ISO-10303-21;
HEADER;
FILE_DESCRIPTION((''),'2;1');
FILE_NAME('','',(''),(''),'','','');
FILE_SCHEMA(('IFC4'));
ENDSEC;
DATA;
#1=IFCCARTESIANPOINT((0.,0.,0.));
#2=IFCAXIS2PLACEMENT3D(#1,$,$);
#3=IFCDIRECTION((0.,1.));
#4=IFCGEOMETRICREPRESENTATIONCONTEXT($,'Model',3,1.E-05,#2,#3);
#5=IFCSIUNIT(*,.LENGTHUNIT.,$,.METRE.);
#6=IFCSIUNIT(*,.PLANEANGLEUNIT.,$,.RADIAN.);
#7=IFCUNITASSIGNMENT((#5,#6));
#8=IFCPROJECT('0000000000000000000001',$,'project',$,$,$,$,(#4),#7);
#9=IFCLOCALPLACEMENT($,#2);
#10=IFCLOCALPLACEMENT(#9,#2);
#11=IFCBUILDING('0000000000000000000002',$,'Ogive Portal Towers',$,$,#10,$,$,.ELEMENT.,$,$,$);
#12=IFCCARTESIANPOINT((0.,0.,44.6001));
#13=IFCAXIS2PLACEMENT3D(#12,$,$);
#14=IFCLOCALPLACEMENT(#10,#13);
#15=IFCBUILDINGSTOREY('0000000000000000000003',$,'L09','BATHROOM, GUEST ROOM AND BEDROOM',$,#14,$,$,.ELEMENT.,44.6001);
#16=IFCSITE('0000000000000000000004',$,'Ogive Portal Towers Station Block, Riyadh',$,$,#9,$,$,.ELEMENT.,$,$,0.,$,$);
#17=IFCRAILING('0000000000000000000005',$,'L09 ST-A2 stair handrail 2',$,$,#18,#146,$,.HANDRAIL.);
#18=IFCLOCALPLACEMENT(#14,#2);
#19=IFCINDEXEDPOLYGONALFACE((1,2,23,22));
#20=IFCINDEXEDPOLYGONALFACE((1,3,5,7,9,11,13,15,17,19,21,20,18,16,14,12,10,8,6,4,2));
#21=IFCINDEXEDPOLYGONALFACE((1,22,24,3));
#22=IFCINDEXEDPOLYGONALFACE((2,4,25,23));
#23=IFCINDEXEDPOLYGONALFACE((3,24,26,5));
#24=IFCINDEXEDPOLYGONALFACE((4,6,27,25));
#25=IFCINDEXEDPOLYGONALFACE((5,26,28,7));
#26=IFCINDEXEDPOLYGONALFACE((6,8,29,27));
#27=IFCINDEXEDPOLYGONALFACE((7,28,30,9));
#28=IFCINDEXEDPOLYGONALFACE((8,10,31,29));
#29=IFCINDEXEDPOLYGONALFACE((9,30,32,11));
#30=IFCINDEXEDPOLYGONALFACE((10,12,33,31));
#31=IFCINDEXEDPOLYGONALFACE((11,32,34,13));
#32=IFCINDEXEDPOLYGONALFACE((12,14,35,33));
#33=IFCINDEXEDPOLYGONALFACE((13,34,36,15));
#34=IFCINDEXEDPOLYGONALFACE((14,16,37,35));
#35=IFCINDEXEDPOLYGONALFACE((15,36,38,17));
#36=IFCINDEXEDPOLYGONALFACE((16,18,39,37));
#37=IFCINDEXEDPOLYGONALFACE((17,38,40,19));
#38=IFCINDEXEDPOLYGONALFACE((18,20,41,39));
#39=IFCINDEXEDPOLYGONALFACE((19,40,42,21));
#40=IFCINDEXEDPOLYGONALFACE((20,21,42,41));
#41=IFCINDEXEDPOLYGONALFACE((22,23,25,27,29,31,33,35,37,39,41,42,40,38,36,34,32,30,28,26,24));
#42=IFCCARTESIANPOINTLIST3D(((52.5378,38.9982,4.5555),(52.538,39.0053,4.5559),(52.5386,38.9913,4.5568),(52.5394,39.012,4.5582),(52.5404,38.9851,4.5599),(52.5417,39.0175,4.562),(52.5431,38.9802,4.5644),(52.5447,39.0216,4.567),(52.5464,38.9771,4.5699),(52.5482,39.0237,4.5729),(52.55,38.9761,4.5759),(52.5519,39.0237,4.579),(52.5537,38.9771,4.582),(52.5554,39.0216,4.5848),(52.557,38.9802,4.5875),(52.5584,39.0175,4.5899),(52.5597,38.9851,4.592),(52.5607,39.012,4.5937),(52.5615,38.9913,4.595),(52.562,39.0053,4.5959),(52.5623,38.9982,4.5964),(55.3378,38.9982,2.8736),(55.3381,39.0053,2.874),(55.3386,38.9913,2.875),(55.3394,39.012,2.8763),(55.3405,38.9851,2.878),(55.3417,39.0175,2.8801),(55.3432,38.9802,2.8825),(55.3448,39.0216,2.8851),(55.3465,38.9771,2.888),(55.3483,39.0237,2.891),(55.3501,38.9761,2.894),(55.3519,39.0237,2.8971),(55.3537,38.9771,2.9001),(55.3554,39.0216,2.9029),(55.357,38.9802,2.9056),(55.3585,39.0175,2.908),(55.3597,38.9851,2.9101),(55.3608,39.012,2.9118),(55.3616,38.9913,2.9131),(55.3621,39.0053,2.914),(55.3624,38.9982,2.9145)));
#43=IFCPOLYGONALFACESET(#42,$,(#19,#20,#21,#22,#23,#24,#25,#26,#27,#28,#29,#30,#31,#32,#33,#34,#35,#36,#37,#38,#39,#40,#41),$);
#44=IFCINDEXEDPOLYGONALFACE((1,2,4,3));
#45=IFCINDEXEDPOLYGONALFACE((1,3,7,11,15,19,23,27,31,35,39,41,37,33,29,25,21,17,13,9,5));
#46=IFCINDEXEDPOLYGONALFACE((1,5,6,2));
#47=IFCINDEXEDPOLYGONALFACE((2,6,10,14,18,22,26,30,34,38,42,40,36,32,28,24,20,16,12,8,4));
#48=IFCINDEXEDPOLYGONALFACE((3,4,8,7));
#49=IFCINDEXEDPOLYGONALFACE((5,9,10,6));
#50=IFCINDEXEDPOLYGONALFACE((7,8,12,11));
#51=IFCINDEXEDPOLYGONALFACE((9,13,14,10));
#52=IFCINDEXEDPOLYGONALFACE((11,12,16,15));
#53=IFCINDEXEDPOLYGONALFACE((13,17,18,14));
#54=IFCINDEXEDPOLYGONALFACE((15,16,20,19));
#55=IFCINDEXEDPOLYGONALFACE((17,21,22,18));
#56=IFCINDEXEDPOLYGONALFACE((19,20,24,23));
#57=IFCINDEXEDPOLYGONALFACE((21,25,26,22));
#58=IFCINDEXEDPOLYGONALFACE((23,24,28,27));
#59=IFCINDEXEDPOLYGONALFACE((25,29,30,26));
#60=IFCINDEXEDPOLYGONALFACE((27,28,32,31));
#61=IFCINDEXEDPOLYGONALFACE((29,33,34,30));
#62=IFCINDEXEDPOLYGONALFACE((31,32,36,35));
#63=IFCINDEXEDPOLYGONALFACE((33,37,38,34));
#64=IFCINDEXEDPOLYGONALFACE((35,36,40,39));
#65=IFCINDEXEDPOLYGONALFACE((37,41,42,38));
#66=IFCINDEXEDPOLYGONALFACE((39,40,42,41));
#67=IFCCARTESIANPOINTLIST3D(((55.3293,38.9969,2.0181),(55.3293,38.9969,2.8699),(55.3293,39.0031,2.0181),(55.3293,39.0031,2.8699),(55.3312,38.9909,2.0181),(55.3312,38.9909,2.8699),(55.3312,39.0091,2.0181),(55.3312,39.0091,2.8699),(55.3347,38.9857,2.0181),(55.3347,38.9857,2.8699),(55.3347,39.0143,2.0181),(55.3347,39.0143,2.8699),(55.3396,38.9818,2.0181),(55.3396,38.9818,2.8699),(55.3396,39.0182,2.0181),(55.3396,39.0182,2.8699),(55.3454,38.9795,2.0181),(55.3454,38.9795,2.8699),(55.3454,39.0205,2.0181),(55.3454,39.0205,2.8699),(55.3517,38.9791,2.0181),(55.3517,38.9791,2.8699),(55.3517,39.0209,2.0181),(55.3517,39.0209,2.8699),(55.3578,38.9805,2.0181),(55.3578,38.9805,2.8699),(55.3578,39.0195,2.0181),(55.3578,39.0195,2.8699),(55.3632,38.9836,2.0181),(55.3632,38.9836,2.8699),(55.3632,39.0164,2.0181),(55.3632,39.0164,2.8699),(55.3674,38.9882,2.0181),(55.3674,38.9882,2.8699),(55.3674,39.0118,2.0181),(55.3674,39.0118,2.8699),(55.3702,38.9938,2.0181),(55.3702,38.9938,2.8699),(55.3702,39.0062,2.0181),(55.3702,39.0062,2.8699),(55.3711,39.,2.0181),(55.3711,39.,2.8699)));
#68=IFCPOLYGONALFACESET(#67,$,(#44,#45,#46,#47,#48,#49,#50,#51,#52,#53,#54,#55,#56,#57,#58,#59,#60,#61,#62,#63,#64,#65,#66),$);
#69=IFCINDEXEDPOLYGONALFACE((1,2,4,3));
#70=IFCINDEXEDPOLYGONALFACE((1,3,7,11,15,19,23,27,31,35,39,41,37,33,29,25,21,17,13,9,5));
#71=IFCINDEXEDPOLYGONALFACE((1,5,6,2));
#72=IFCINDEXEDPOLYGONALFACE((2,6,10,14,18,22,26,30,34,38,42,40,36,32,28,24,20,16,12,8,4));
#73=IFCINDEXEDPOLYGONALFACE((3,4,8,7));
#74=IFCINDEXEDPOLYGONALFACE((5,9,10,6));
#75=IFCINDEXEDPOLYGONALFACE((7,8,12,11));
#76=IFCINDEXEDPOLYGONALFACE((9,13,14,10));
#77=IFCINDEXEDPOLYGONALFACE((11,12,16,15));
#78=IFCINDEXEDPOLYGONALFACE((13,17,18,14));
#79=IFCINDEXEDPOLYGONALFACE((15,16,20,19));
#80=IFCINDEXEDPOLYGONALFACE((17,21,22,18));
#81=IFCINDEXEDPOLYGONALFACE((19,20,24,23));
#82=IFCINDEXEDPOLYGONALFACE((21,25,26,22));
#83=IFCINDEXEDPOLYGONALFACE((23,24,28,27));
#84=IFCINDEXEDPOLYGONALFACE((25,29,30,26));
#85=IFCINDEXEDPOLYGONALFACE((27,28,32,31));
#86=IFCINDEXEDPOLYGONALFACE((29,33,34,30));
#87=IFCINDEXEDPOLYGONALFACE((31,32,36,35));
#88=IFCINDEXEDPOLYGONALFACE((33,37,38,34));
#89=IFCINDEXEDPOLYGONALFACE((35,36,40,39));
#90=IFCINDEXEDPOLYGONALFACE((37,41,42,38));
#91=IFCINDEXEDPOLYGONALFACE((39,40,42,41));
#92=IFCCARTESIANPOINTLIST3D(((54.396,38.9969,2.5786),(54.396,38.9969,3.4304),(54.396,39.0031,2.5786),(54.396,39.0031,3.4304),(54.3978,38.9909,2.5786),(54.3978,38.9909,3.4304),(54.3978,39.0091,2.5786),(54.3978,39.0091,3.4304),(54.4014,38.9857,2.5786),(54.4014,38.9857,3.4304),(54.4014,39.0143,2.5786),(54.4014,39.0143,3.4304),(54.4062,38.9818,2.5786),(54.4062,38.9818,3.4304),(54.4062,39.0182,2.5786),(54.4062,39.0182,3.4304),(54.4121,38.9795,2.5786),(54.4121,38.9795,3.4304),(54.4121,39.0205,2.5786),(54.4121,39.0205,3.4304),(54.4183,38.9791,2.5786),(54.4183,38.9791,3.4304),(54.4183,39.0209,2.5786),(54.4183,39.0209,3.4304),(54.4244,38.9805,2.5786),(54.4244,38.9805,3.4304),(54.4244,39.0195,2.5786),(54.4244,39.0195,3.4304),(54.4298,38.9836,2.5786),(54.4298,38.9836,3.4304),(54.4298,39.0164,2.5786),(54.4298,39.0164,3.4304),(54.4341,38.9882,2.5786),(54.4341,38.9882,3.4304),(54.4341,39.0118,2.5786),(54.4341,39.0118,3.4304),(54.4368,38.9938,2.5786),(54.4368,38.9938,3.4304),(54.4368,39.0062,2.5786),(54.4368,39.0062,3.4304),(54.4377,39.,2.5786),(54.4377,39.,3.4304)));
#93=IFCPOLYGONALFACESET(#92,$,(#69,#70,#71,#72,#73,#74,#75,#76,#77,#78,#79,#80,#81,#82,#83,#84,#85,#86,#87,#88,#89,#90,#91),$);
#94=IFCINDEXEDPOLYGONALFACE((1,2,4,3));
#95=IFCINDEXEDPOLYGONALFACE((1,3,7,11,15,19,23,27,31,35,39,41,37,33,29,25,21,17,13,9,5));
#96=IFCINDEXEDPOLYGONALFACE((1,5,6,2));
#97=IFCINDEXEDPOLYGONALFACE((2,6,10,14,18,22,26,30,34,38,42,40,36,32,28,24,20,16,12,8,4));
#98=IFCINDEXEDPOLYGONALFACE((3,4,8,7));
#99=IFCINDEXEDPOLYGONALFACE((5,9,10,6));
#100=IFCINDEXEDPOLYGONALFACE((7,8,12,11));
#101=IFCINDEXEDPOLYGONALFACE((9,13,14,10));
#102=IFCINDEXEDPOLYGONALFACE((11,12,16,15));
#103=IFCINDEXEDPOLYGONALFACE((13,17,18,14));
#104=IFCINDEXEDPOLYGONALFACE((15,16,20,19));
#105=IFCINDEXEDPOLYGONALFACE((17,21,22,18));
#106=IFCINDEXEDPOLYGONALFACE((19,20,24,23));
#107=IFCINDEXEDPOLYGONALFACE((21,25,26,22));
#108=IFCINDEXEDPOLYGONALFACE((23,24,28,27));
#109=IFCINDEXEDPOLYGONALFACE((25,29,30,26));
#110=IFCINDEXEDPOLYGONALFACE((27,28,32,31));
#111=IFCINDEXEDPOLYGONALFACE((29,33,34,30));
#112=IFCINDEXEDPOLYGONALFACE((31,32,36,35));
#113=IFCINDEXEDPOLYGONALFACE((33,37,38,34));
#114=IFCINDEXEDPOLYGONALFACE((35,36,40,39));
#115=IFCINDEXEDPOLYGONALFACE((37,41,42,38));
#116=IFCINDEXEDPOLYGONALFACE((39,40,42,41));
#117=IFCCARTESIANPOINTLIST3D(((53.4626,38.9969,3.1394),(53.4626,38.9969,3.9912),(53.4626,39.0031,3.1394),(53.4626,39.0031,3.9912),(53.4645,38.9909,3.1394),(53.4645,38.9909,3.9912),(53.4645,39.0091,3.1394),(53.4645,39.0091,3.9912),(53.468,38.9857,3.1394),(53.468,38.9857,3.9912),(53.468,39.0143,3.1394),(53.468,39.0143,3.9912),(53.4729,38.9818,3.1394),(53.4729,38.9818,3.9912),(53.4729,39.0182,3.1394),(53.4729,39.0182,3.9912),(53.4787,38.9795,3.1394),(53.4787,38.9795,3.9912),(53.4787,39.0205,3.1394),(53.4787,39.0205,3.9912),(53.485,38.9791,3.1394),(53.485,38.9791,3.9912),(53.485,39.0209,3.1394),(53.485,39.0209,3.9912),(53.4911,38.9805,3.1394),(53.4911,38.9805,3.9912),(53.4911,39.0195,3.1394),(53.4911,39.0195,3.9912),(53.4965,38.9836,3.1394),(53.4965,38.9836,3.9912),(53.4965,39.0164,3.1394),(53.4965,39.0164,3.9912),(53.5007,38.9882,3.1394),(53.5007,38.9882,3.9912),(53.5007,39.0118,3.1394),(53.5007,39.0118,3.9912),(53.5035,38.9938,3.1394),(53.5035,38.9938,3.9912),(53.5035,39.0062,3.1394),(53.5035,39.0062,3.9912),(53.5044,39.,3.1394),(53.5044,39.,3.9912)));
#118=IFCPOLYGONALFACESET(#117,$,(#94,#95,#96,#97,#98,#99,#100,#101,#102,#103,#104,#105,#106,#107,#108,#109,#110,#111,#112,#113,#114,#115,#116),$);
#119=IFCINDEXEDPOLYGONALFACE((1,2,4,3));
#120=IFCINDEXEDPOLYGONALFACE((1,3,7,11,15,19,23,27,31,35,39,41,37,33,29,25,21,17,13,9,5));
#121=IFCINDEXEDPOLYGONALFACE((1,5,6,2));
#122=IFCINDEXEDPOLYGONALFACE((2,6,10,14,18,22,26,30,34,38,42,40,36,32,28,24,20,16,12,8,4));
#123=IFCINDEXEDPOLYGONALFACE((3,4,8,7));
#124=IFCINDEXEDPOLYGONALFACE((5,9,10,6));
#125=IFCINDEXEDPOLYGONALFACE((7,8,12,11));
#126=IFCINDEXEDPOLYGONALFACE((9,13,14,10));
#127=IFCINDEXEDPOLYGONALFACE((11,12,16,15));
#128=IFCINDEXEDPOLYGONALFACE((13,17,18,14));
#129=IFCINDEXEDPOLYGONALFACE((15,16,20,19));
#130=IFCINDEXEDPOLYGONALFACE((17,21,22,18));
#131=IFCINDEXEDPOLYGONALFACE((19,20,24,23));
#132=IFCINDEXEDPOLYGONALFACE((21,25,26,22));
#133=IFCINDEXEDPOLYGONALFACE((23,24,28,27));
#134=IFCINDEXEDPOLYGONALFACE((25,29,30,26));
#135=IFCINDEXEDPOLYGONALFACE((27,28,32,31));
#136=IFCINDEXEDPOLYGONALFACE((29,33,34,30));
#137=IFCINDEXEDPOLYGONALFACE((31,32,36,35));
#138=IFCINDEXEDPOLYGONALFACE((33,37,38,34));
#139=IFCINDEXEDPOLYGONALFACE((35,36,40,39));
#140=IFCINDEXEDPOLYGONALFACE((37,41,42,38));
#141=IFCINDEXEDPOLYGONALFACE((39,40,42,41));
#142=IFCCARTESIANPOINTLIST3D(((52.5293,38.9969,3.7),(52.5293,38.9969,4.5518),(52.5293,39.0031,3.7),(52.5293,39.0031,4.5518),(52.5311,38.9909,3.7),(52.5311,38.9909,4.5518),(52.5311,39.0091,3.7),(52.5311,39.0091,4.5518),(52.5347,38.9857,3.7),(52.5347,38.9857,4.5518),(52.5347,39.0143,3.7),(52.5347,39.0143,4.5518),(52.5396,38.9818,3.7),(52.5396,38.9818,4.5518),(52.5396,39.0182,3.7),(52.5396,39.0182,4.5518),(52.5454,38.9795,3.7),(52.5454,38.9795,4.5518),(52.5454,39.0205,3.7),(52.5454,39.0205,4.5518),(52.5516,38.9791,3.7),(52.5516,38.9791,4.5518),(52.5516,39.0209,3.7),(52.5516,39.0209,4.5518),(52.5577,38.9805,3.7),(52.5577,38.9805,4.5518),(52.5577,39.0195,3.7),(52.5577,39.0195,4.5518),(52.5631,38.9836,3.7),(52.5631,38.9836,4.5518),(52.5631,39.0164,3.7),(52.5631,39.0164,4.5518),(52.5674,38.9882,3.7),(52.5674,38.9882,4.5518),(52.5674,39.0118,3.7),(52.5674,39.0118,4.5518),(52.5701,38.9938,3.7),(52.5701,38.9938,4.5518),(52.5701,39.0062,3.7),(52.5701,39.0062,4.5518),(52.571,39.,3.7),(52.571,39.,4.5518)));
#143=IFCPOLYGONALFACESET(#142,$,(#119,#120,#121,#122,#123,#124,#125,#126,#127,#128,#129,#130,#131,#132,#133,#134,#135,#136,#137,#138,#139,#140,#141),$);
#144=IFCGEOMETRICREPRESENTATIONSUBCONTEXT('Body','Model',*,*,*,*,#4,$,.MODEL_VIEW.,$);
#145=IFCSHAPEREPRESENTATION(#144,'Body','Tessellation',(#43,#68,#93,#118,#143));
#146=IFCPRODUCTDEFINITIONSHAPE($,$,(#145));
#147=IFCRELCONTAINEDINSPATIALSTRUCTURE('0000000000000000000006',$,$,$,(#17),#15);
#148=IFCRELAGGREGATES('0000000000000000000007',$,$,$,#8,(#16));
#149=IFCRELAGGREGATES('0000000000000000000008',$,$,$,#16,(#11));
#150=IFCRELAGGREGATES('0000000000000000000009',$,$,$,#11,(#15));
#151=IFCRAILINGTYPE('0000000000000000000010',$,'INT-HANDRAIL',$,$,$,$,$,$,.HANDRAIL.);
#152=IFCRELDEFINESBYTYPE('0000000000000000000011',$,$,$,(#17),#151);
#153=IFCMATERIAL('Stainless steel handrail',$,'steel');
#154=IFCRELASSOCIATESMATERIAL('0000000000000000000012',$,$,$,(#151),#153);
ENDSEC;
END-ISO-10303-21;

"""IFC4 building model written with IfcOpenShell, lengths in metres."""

from ifc_helpers import new_model, si_unit, direction, frame, origin, origin_2d, place, context, subcontext, project, spatial, circle, extrude, material, type_object, element, save


model = new_model("IFC4")

# Units and contexts
model_context = context("Model", 3, precision=1e-05, world=origin(), true_north=direction((0.0, 1.0)))
body_context = subcontext(model_context, "Body", "Model", "MODEL_VIEW")
ifc_project = project(units=[si_unit("LENGTHUNIT", "METRE"), si_unit("PLANEANGLEUNIT", "RADIAN")], contexts=[model_context])

# Site, building, storey
site_placement = place(None, origin())
site = spatial("IfcSite", under=ifc_project, at=site_placement, Name="Ogive Portal Towers Station Block, Riyadh", CompositionType="ELEMENT", RefElevation=0.0)
building_placement = place(site_placement, origin())
building = spatial("IfcBuilding", under=site, at=building_placement, Name="Ogive Portal Towers", CompositionType="ELEMENT")
storey_placement = place(building_placement, frame((0.0, 0.0, 44.6001)))
storey = spatial("IfcBuildingStorey", under=building, at=storey_placement, Name="L09", Description="BATHROOM, GUEST ROOM AND BEDROOM", CompositionType="ELEMENT", Elevation=44.6001)

# Railing
ifc_material_1 = material(Name="Stainless steel handrail", Category="steel")
railing_type_1 = type_object("IfcRailingType", Name="INT-HANDRAIL", PredefinedType="HANDRAIL", material=ifc_material_1)
railing_1_placement = place(storey_placement, frame((55.3501, 39.0, 2.0181)))
element("IfcRailing", 1, at=railing_1_placement, inside=storey, type_object=railing_type_1, Name="L09 ST-A2 stair handrail 2", PredefinedType="HANDRAIL", context=body_context, shape_type="SweptSolid", body=[
    extrude(circle(Radius=0.0239, at=origin_2d()), frame((0.0, 0.0, 0.876), z_axis=(-0.857242, 0.0, 0.514913), x_axis=(0.0, -1.0, 0.0)), (0.0, 0.0, 1.0), 3.2664),
    extrude(circle(Radius=0.021, at=origin_2d()), origin(), (0.0, 0.0, 1.0), 0.8518),
    extrude(circle(Radius=0.021, at=origin_2d()), frame((-0.9333, 0.0, 0.5605)), (0.0, 0.0, 1.0), 0.8518),
    extrude(circle(Radius=0.021, at=origin_2d()), frame((-1.8667, 0.0, 1.1213)), (0.0, 0.0, 1.0), 0.8518),
    extrude(circle(Radius=0.021, at=origin_2d()), frame((-2.8, 0.0, 1.6819)), (0.0, 0.0, 1.0), 0.8518),
])

save(model, "model.ifc")
